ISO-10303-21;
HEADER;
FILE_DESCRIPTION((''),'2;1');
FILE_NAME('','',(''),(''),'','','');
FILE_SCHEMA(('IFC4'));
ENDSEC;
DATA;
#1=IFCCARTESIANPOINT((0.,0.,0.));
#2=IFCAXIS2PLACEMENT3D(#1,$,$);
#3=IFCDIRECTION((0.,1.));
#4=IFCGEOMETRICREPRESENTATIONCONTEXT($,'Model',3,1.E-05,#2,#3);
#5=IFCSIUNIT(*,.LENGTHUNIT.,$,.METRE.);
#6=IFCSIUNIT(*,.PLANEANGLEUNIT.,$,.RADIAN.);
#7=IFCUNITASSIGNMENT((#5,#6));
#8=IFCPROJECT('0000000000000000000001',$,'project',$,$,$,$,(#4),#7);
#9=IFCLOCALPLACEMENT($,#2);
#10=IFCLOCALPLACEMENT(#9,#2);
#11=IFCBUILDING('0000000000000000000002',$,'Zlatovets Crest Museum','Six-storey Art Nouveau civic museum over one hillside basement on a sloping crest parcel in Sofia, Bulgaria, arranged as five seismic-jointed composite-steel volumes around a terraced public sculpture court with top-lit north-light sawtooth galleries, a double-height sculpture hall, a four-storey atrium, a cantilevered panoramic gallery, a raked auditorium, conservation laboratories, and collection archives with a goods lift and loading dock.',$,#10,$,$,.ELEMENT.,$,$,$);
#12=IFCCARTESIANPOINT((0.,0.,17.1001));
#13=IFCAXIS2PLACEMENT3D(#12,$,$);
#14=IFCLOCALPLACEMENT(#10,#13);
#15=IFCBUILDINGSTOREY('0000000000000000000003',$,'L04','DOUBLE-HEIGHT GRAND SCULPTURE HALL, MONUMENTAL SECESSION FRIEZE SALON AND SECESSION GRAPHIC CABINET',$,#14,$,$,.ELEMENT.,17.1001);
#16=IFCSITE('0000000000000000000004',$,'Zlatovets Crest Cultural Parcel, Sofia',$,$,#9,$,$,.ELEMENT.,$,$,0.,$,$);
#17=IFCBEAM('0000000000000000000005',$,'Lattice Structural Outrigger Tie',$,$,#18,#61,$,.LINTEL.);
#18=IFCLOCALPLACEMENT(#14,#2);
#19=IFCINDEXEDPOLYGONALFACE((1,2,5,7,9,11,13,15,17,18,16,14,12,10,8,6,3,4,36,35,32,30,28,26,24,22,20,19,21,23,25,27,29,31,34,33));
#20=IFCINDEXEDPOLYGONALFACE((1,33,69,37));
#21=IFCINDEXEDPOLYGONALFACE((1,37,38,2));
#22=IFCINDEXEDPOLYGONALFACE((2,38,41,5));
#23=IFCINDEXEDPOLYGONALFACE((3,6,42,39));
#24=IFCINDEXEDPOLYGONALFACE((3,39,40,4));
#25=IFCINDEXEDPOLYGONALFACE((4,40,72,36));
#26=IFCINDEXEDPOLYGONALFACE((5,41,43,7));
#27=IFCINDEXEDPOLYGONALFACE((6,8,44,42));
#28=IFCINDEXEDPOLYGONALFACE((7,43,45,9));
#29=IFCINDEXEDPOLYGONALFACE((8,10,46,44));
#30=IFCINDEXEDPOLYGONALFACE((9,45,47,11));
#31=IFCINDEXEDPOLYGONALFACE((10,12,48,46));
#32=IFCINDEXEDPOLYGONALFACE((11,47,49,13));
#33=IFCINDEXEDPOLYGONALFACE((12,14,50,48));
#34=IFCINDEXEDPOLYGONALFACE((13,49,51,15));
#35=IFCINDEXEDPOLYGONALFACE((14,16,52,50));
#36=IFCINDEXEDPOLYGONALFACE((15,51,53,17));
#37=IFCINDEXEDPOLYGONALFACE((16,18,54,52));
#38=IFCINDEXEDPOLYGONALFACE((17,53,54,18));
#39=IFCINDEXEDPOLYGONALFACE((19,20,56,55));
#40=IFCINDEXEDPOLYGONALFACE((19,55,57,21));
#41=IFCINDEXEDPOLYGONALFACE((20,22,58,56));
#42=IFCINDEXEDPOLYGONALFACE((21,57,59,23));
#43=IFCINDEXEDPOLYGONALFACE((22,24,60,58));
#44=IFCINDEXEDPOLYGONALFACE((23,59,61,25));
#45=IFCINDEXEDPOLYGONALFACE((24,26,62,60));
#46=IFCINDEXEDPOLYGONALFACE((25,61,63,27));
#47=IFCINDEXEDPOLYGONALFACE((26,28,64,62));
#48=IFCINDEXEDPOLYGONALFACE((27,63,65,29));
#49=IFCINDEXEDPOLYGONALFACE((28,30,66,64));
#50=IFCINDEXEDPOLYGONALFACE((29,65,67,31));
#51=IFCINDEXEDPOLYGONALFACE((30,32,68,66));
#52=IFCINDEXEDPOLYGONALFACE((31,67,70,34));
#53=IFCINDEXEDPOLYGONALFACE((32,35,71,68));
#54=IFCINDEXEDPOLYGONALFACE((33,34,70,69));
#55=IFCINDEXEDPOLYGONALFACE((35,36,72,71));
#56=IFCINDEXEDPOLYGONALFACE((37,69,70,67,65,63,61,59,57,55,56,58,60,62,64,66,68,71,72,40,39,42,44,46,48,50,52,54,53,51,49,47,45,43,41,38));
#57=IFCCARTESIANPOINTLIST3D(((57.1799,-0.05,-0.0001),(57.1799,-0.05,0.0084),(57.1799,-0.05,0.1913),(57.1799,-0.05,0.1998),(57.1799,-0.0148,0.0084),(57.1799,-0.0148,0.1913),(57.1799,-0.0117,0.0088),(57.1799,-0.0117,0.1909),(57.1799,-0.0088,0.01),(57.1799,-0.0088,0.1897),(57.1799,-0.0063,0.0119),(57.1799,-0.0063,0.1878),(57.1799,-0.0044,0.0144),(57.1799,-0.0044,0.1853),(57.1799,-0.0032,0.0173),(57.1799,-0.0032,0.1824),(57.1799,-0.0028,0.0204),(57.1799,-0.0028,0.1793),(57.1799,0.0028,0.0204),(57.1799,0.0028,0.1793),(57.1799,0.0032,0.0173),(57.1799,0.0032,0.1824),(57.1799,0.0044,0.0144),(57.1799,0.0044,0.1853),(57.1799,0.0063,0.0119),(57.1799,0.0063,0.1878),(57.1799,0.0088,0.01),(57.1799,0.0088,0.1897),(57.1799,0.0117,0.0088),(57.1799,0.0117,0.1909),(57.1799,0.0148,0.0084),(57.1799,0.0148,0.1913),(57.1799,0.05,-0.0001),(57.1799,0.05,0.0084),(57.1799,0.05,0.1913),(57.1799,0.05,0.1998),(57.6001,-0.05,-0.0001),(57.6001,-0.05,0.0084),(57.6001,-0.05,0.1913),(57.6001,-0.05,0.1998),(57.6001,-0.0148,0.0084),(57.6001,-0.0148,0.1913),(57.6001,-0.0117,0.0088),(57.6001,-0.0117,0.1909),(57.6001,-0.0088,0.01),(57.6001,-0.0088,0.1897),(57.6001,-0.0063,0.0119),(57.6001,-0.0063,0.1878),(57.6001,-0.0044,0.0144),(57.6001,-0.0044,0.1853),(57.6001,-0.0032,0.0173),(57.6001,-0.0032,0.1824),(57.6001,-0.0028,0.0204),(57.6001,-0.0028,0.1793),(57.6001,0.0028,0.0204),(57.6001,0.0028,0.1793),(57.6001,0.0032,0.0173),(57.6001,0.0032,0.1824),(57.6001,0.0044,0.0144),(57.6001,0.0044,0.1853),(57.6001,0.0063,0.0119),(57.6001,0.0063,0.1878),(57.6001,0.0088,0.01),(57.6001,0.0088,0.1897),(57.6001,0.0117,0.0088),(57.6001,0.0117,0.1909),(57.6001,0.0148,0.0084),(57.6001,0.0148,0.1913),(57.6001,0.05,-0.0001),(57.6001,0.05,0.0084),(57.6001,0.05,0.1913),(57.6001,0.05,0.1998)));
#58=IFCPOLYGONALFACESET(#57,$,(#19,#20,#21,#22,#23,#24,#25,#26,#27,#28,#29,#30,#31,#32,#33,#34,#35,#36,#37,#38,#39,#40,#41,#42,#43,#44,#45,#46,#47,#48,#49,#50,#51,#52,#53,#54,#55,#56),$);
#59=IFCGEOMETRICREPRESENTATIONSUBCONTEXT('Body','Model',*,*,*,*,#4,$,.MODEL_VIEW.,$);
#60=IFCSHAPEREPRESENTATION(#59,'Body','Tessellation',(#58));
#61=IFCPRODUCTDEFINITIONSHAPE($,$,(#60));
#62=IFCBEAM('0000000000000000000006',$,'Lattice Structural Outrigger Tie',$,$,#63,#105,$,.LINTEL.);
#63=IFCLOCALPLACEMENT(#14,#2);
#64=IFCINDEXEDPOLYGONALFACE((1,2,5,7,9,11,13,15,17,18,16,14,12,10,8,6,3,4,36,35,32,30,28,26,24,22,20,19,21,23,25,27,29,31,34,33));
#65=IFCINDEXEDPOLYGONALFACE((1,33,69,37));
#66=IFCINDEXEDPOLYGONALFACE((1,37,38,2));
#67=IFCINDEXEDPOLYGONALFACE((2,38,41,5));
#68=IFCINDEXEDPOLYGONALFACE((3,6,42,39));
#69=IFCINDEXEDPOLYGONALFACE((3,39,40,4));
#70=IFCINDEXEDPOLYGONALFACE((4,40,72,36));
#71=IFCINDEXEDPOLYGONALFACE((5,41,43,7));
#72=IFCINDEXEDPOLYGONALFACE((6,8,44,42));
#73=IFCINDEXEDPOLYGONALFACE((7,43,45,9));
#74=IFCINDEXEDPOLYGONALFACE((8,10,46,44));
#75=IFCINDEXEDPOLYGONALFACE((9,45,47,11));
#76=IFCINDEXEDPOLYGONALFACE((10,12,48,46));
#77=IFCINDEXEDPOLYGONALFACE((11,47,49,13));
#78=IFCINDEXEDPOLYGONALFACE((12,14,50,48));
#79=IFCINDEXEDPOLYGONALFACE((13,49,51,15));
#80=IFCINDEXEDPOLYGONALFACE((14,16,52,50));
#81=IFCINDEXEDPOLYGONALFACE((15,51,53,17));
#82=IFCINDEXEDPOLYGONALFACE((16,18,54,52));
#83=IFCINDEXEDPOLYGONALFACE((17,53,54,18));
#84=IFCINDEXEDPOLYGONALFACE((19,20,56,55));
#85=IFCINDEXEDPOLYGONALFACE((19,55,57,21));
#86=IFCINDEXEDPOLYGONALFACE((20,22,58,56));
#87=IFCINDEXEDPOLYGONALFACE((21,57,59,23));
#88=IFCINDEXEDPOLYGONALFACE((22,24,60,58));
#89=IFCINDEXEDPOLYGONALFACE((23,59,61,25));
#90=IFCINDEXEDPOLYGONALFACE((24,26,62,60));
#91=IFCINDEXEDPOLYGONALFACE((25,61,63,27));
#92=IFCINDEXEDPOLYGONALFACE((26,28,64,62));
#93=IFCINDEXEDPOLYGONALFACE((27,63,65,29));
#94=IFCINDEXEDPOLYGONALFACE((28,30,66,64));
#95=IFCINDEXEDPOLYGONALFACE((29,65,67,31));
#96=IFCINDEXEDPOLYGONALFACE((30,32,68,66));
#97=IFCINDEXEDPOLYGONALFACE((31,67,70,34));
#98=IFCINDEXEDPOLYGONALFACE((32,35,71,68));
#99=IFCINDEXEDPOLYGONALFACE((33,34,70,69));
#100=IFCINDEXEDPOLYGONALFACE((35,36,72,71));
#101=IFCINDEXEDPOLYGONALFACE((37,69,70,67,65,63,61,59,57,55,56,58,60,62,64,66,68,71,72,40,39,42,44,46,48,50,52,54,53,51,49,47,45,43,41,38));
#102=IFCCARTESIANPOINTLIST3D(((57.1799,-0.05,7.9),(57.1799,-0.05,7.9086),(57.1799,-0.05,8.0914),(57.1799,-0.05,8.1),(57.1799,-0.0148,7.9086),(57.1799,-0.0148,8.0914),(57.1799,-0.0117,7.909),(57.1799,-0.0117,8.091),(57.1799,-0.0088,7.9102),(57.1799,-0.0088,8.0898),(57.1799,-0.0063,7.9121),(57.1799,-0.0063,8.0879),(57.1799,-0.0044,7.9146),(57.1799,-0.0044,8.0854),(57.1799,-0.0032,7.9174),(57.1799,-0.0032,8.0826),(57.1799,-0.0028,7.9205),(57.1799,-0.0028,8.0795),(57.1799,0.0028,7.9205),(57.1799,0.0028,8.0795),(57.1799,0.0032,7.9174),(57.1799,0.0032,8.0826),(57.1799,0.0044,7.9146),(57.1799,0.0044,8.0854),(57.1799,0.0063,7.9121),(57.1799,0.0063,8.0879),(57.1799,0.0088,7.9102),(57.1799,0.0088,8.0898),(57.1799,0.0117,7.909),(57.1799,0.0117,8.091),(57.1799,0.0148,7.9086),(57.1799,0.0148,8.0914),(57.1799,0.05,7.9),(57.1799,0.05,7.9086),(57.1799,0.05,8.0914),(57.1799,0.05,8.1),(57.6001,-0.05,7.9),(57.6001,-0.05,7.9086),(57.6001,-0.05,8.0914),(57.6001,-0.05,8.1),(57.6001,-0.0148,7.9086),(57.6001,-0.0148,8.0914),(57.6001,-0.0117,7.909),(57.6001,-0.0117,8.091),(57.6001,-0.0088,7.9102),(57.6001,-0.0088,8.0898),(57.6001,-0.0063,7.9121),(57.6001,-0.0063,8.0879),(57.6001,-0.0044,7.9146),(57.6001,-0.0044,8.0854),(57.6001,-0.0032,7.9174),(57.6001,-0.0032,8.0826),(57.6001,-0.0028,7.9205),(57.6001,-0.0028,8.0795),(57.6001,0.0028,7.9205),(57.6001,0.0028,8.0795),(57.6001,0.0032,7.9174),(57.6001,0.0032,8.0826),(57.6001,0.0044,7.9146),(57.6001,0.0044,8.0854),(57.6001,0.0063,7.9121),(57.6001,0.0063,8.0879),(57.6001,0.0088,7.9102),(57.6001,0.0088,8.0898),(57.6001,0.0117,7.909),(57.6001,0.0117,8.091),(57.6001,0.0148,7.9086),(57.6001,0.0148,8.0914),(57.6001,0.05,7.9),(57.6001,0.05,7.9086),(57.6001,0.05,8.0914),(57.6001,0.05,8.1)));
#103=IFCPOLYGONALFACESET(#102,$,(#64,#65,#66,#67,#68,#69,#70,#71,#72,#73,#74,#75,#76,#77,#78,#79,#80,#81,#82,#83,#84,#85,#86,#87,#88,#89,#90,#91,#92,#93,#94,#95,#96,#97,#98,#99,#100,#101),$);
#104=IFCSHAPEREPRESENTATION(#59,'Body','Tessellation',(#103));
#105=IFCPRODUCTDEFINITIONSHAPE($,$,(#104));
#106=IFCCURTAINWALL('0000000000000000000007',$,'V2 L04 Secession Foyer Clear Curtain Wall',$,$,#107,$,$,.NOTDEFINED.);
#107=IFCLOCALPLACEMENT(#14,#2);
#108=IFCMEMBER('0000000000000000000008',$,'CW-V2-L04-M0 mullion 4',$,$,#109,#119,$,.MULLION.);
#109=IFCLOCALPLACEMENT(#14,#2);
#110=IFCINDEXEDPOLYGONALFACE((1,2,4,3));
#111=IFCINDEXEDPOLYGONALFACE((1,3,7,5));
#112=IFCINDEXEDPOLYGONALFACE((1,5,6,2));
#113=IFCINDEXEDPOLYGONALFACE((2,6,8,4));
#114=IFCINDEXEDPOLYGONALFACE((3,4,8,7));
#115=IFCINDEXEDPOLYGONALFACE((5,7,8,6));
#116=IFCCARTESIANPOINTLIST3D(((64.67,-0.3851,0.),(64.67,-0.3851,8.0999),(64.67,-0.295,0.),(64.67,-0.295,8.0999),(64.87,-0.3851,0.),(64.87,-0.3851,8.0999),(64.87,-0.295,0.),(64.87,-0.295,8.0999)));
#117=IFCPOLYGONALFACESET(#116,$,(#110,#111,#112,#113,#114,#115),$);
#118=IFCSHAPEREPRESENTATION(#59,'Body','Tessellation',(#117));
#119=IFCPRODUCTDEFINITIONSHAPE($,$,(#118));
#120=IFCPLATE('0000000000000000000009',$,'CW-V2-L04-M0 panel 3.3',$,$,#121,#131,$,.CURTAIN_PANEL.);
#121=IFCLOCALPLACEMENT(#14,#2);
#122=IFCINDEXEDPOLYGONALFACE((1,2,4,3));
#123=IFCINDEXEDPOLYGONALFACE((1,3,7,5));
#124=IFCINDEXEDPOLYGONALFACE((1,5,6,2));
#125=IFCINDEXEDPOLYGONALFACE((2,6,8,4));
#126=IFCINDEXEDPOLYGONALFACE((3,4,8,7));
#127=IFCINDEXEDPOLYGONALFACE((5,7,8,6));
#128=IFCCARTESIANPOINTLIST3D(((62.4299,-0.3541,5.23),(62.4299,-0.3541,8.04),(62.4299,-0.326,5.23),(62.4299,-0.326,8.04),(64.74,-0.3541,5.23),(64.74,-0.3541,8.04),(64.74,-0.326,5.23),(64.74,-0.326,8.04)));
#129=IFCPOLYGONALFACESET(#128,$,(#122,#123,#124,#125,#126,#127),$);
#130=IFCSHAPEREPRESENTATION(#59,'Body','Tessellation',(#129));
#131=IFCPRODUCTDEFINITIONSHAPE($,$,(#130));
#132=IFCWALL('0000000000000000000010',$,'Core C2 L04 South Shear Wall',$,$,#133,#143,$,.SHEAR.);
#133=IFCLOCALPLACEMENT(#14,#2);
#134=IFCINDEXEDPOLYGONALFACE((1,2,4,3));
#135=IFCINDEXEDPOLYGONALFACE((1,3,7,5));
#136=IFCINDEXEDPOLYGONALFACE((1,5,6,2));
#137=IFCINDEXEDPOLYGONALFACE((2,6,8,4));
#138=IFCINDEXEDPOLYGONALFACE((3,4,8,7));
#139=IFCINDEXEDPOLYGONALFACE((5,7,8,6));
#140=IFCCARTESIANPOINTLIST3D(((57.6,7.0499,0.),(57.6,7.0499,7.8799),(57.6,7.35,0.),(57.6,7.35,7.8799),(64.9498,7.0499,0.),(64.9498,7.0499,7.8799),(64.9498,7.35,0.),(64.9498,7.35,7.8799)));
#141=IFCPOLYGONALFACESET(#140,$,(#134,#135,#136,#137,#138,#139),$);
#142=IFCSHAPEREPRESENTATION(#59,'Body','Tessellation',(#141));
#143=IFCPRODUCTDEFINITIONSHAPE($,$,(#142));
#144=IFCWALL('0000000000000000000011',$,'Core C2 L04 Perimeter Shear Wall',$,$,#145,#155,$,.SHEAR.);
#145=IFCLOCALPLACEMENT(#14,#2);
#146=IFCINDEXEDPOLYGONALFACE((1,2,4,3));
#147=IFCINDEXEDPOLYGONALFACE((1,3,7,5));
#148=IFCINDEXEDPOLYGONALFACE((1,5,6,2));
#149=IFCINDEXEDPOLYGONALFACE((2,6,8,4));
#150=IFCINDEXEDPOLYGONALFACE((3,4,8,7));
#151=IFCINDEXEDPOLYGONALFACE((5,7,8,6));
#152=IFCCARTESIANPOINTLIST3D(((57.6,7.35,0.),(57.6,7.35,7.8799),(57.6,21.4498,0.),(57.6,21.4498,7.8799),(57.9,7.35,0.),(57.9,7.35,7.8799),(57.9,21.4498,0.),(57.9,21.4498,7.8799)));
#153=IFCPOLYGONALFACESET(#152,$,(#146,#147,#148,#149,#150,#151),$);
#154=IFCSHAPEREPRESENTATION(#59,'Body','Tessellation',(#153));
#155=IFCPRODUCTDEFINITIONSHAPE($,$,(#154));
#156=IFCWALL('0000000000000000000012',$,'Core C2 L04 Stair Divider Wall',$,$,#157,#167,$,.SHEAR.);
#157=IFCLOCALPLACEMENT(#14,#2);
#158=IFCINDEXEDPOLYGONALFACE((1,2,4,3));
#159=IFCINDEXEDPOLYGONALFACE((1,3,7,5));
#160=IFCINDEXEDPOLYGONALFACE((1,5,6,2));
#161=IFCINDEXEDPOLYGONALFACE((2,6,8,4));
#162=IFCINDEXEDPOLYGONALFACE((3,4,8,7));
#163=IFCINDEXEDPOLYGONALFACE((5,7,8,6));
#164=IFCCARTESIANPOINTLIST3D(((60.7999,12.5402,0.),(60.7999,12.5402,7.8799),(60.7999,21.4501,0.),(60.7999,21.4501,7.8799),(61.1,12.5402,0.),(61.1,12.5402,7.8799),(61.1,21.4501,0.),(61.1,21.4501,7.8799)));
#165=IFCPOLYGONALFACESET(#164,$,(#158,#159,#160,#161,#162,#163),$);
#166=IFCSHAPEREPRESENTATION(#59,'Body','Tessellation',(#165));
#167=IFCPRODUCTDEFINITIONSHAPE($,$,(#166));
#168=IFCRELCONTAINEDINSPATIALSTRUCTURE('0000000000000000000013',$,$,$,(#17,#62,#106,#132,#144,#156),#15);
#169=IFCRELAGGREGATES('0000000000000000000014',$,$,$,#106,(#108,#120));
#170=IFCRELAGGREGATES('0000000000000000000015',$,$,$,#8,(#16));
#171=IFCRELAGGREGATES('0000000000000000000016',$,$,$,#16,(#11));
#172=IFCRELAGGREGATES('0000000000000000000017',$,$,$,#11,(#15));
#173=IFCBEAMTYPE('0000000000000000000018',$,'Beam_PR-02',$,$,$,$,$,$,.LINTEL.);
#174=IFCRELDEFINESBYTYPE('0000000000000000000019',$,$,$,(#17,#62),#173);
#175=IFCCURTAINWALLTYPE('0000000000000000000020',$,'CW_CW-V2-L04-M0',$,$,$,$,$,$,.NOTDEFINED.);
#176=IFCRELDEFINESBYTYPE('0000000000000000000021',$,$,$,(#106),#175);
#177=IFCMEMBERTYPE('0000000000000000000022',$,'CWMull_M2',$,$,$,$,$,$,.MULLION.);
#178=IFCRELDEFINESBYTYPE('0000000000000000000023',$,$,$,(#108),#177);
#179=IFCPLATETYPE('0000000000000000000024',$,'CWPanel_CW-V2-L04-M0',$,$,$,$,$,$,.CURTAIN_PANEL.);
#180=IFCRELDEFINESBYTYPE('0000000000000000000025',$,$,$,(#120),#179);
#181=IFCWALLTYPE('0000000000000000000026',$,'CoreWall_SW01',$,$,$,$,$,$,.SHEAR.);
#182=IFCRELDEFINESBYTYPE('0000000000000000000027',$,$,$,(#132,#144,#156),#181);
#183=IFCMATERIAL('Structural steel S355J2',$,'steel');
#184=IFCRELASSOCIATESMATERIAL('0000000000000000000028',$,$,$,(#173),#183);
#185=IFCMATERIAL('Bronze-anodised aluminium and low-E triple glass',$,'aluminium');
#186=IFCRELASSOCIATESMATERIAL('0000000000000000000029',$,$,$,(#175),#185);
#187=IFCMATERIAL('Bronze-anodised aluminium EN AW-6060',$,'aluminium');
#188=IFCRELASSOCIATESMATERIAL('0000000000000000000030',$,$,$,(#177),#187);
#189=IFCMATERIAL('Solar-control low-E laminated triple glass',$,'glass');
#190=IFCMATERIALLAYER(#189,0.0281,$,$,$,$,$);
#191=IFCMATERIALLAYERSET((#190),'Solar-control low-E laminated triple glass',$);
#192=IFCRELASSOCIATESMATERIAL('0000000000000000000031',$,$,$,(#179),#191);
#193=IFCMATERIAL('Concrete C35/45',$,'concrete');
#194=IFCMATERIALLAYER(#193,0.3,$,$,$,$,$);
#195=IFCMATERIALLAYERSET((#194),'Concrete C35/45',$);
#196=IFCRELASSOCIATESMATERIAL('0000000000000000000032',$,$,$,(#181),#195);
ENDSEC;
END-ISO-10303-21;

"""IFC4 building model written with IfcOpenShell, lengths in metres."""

from ifc_helpers import new_model, si_unit, direction, frame, frame_2d, origin, origin_2d, place, context, subcontext, project, spatial, rectangle, i_section, extrude, material, layer, layer_set, material_profile, profile_set, type_object, element, aggregate, save


model = new_model("IFC4")

# Units and contexts
model_context = context("Model", 3, precision=1e-05, world=origin(), true_north=direction((0.0, 1.0)))
body_context = subcontext(model_context, "Body", "Model", "MODEL_VIEW")
ifc_project = project(units=[si_unit("LENGTHUNIT", "METRE"), si_unit("PLANEANGLEUNIT", "RADIAN")], contexts=[model_context])

# Site, building, storey
site_placement = place(None, origin())
site = spatial("IfcSite", under=ifc_project, at=site_placement, Name="Zlatovets Crest Cultural Parcel, Sofia", CompositionType="ELEMENT", RefElevation=0.0)
building_placement = place(site_placement, origin())
building = spatial("IfcBuilding", under=site, at=building_placement, Name="Zlatovets Crest Museum", Description="Six-storey Art Nouveau civic museum over one hillside basement on a sloping crest parcel in Sofia, Bulgaria, arranged as five seismic-jointed composite-steel volumes around a terraced public sculpture court with top-lit north-light sawtooth galleries, a double-height sculpture hall, a four-storey atrium, a cantilevered panoramic gallery, a raked auditorium, conservation laboratories, and collection archives with a goods lift and loading dock.", CompositionType="ELEMENT")
storey_placement = place(building_placement, frame((0.0, 0.0, 17.1001)))
storey = spatial("IfcBuildingStorey", under=building, at=storey_placement, Name="L04", Description="DOUBLE-HEIGHT GRAND SCULPTURE HALL, MONUMENTAL SECESSION FRIEZE SALON AND SECESSION GRAPHIC CABINET", CompositionType="ELEMENT", Elevation=17.1001)

# Shared definitions
ifc_material_1 = material(Name="Structural steel S355J2", Category="steel")

# Beams
ifc_material_profile_1 = material_profile(ifc_material_1, i_section(OverallWidth=0.1001, OverallDepth=0.2, WebThickness=0.0056, FlangeThickness=0.0085, FilletRadius=0.012, at=origin_2d()), Name="IPE 200")
ifc_profile_set_1 = profile_set([ifc_material_profile_1], Name="Structural steel S355J2")
beam_type_1 = type_object("IfcBeamType", Name="Beam_PR-02", PredefinedType="LINTEL", material=ifc_profile_set_1)
for number, where, z_axis, x_axis, name in (
    (1, (57.6001, 0.0, 0.0999), (-1.0, 0.0, 0.0), (0.0, -1.0, 0.0), "Lattice Structural Outrigger Tie"),
    (2, (57.6001, 0.0, 8.0), (-1.0, 0.0, 0.0), (0.0, -1.0, 0.0), "Lattice Structural Outrigger Tie"),
):
    element("IfcBeam", number, at=place(storey_placement, frame(where, z_axis=z_axis, x_axis=x_axis)), inside=storey, type_object=beam_type_1, Name=name, PredefinedType="LINTEL", context=body_context, shape_type="SweptSolid", body=[
        extrude(i_section(OverallWidth=0.1001, OverallDepth=0.2, WebThickness=0.0056, FlangeThickness=0.0085, FilletRadius=0.012, at=origin_2d()), origin(), (0.0, 0.0, 1.0), 0.4202),
    ])

# Curtain wall, member, plate
ifc_material_2 = material(Name="Bronze-anodised aluminium and low-E triple glass", Category="aluminium")
curtain_wall_type = type_object("IfcCurtainWallType", Name="CW_CW-V2-L04-M0", PredefinedType="NOTDEFINED", material=ifc_material_2)
curtain_wall_placement = place(storey_placement, origin())
curtain_wall = element("IfcCurtainWall", 3, at=curtain_wall_placement, inside=storey, type_object=curtain_wall_type, Name="V2 L04 Secession Foyer Clear Curtain Wall", PredefinedType="NOTDEFINED")
ifc_material_3 = material(Name="Bronze-anodised aluminium EN AW-6060", Category="aluminium")
ifc_material_profile_2 = material_profile(ifc_material_3, rectangle(XDim=0.0901, YDim=0.2, at=origin_2d()), Name="ALU 90x200")
ifc_profile_set_2 = profile_set([ifc_material_profile_2], Name="Bronze-anodised aluminium EN AW-6060")
member_type = type_object("IfcMemberType", Name="CWMull_M2", PredefinedType="MULLION", material=ifc_profile_set_2)
member_placement = place(storey_placement, frame((64.77, -0.3401, 0.0), z_axis=(0.0, 0.0, 1.0), x_axis=(0.0, 1.0, 0.0)))
member = element("IfcMember", 4, at=member_placement, type_object=member_type, Name="CW-V2-L04-M0 mullion 4", PredefinedType="MULLION", context=body_context, shape_type="SweptSolid", body=[
    extrude(rectangle(XDim=0.0901, YDim=0.2, at=origin_2d()), origin(), (0.0, 0.0, 1.0), 8.0999),
])
ifc_material_4 = material(Name="Solar-control low-E laminated triple glass", Category="glass")
ifc_layer_1 = layer(ifc_material_4, 0.0281)
ifc_layer_set_1 = layer_set([ifc_layer_1], Name="Solar-control low-E laminated triple glass")
plate_type = type_object("IfcPlateType", Name="CWPanel_CW-V2-L04-M0", PredefinedType="CURTAIN_PANEL", material=ifc_layer_set_1)
plate_placement = place(storey_placement, frame((63.585, -0.3401, 5.23), z_axis=(0.0, 0.0, 1.0), x_axis=(1.0, 0.0, 0.0)))
plate = element("IfcPlate", 5, at=plate_placement, type_object=plate_type, Name="CW-V2-L04-M0 panel 3.3", PredefinedType="CURTAIN_PANEL", context=body_context, shape_type="SweptSolid", body=[
    extrude(rectangle(XDim=2.3101, YDim=0.0281, at=origin_2d()), origin(), (0.0, 0.0, 1.0), 2.8101),
])
aggregate(curtain_wall, [member, plate])

# Walls
ifc_material_5 = material(Name="Concrete C35/45", Category="concrete")
ifc_layer_2 = layer(ifc_material_5, 0.3)
ifc_layer_set_2 = layer_set([ifc_layer_2], Name="Concrete C35/45")
wall_type_1 = type_object("IfcWallType", Name="CoreWall_SW01", PredefinedType="SHEAR", material=ifc_layer_set_2)
wall_1_placement = place(storey_placement, frame((57.6001, 7.2, 0.0), z_axis=(0.0, 0.0, 1.0), x_axis=(1.0, 0.0, 0.0)))
element("IfcWall", 6, at=wall_1_placement, inside=storey, type_object=wall_type_1, Name="Core C2 L04 South Shear Wall", PredefinedType="SHEAR", context=body_context, shape_type="SweptSolid", body=[
    extrude(rectangle(XDim=7.3499, YDim=0.3, at=frame_2d((3.6748, 0.0))), origin(), (0.0, 0.0, 1.0), 7.8799),
])
wall_2_placement = place(storey_placement, frame((57.75, 7.3501, 0.0), z_axis=(0.0, 0.0, 1.0), x_axis=(0.0, 1.0, 0.0)))
element("IfcWall", 7, at=wall_2_placement, inside=storey, type_object=wall_type_1, Name="Core C2 L04 Perimeter Shear Wall", PredefinedType="SHEAR", context=body_context, shape_type="SweptSolid", body=[
    extrude(rectangle(XDim=14.0999, YDim=0.3, at=frame_2d((7.0498, 0.0))), origin(), (0.0, 0.0, 1.0), 7.8799),
])
wall_3_placement = place(storey_placement, frame((60.95, 12.54, 0.0), z_axis=(0.0, 0.0, 1.0), x_axis=(0.0, 1.0, 0.0)))
element("IfcWall", 8, at=wall_3_placement, inside=storey, type_object=wall_type_1, Name="Core C2 L04 Stair Divider Wall", PredefinedType="SHEAR", context=body_context, shape_type="SweptSolid", body=[
    extrude(rectangle(XDim=8.9099, YDim=0.3, at=frame_2d((4.4551, 0.0))), origin(), (0.0, 0.0, 1.0), 7.8799),
])

save(model, "model.ifc")
